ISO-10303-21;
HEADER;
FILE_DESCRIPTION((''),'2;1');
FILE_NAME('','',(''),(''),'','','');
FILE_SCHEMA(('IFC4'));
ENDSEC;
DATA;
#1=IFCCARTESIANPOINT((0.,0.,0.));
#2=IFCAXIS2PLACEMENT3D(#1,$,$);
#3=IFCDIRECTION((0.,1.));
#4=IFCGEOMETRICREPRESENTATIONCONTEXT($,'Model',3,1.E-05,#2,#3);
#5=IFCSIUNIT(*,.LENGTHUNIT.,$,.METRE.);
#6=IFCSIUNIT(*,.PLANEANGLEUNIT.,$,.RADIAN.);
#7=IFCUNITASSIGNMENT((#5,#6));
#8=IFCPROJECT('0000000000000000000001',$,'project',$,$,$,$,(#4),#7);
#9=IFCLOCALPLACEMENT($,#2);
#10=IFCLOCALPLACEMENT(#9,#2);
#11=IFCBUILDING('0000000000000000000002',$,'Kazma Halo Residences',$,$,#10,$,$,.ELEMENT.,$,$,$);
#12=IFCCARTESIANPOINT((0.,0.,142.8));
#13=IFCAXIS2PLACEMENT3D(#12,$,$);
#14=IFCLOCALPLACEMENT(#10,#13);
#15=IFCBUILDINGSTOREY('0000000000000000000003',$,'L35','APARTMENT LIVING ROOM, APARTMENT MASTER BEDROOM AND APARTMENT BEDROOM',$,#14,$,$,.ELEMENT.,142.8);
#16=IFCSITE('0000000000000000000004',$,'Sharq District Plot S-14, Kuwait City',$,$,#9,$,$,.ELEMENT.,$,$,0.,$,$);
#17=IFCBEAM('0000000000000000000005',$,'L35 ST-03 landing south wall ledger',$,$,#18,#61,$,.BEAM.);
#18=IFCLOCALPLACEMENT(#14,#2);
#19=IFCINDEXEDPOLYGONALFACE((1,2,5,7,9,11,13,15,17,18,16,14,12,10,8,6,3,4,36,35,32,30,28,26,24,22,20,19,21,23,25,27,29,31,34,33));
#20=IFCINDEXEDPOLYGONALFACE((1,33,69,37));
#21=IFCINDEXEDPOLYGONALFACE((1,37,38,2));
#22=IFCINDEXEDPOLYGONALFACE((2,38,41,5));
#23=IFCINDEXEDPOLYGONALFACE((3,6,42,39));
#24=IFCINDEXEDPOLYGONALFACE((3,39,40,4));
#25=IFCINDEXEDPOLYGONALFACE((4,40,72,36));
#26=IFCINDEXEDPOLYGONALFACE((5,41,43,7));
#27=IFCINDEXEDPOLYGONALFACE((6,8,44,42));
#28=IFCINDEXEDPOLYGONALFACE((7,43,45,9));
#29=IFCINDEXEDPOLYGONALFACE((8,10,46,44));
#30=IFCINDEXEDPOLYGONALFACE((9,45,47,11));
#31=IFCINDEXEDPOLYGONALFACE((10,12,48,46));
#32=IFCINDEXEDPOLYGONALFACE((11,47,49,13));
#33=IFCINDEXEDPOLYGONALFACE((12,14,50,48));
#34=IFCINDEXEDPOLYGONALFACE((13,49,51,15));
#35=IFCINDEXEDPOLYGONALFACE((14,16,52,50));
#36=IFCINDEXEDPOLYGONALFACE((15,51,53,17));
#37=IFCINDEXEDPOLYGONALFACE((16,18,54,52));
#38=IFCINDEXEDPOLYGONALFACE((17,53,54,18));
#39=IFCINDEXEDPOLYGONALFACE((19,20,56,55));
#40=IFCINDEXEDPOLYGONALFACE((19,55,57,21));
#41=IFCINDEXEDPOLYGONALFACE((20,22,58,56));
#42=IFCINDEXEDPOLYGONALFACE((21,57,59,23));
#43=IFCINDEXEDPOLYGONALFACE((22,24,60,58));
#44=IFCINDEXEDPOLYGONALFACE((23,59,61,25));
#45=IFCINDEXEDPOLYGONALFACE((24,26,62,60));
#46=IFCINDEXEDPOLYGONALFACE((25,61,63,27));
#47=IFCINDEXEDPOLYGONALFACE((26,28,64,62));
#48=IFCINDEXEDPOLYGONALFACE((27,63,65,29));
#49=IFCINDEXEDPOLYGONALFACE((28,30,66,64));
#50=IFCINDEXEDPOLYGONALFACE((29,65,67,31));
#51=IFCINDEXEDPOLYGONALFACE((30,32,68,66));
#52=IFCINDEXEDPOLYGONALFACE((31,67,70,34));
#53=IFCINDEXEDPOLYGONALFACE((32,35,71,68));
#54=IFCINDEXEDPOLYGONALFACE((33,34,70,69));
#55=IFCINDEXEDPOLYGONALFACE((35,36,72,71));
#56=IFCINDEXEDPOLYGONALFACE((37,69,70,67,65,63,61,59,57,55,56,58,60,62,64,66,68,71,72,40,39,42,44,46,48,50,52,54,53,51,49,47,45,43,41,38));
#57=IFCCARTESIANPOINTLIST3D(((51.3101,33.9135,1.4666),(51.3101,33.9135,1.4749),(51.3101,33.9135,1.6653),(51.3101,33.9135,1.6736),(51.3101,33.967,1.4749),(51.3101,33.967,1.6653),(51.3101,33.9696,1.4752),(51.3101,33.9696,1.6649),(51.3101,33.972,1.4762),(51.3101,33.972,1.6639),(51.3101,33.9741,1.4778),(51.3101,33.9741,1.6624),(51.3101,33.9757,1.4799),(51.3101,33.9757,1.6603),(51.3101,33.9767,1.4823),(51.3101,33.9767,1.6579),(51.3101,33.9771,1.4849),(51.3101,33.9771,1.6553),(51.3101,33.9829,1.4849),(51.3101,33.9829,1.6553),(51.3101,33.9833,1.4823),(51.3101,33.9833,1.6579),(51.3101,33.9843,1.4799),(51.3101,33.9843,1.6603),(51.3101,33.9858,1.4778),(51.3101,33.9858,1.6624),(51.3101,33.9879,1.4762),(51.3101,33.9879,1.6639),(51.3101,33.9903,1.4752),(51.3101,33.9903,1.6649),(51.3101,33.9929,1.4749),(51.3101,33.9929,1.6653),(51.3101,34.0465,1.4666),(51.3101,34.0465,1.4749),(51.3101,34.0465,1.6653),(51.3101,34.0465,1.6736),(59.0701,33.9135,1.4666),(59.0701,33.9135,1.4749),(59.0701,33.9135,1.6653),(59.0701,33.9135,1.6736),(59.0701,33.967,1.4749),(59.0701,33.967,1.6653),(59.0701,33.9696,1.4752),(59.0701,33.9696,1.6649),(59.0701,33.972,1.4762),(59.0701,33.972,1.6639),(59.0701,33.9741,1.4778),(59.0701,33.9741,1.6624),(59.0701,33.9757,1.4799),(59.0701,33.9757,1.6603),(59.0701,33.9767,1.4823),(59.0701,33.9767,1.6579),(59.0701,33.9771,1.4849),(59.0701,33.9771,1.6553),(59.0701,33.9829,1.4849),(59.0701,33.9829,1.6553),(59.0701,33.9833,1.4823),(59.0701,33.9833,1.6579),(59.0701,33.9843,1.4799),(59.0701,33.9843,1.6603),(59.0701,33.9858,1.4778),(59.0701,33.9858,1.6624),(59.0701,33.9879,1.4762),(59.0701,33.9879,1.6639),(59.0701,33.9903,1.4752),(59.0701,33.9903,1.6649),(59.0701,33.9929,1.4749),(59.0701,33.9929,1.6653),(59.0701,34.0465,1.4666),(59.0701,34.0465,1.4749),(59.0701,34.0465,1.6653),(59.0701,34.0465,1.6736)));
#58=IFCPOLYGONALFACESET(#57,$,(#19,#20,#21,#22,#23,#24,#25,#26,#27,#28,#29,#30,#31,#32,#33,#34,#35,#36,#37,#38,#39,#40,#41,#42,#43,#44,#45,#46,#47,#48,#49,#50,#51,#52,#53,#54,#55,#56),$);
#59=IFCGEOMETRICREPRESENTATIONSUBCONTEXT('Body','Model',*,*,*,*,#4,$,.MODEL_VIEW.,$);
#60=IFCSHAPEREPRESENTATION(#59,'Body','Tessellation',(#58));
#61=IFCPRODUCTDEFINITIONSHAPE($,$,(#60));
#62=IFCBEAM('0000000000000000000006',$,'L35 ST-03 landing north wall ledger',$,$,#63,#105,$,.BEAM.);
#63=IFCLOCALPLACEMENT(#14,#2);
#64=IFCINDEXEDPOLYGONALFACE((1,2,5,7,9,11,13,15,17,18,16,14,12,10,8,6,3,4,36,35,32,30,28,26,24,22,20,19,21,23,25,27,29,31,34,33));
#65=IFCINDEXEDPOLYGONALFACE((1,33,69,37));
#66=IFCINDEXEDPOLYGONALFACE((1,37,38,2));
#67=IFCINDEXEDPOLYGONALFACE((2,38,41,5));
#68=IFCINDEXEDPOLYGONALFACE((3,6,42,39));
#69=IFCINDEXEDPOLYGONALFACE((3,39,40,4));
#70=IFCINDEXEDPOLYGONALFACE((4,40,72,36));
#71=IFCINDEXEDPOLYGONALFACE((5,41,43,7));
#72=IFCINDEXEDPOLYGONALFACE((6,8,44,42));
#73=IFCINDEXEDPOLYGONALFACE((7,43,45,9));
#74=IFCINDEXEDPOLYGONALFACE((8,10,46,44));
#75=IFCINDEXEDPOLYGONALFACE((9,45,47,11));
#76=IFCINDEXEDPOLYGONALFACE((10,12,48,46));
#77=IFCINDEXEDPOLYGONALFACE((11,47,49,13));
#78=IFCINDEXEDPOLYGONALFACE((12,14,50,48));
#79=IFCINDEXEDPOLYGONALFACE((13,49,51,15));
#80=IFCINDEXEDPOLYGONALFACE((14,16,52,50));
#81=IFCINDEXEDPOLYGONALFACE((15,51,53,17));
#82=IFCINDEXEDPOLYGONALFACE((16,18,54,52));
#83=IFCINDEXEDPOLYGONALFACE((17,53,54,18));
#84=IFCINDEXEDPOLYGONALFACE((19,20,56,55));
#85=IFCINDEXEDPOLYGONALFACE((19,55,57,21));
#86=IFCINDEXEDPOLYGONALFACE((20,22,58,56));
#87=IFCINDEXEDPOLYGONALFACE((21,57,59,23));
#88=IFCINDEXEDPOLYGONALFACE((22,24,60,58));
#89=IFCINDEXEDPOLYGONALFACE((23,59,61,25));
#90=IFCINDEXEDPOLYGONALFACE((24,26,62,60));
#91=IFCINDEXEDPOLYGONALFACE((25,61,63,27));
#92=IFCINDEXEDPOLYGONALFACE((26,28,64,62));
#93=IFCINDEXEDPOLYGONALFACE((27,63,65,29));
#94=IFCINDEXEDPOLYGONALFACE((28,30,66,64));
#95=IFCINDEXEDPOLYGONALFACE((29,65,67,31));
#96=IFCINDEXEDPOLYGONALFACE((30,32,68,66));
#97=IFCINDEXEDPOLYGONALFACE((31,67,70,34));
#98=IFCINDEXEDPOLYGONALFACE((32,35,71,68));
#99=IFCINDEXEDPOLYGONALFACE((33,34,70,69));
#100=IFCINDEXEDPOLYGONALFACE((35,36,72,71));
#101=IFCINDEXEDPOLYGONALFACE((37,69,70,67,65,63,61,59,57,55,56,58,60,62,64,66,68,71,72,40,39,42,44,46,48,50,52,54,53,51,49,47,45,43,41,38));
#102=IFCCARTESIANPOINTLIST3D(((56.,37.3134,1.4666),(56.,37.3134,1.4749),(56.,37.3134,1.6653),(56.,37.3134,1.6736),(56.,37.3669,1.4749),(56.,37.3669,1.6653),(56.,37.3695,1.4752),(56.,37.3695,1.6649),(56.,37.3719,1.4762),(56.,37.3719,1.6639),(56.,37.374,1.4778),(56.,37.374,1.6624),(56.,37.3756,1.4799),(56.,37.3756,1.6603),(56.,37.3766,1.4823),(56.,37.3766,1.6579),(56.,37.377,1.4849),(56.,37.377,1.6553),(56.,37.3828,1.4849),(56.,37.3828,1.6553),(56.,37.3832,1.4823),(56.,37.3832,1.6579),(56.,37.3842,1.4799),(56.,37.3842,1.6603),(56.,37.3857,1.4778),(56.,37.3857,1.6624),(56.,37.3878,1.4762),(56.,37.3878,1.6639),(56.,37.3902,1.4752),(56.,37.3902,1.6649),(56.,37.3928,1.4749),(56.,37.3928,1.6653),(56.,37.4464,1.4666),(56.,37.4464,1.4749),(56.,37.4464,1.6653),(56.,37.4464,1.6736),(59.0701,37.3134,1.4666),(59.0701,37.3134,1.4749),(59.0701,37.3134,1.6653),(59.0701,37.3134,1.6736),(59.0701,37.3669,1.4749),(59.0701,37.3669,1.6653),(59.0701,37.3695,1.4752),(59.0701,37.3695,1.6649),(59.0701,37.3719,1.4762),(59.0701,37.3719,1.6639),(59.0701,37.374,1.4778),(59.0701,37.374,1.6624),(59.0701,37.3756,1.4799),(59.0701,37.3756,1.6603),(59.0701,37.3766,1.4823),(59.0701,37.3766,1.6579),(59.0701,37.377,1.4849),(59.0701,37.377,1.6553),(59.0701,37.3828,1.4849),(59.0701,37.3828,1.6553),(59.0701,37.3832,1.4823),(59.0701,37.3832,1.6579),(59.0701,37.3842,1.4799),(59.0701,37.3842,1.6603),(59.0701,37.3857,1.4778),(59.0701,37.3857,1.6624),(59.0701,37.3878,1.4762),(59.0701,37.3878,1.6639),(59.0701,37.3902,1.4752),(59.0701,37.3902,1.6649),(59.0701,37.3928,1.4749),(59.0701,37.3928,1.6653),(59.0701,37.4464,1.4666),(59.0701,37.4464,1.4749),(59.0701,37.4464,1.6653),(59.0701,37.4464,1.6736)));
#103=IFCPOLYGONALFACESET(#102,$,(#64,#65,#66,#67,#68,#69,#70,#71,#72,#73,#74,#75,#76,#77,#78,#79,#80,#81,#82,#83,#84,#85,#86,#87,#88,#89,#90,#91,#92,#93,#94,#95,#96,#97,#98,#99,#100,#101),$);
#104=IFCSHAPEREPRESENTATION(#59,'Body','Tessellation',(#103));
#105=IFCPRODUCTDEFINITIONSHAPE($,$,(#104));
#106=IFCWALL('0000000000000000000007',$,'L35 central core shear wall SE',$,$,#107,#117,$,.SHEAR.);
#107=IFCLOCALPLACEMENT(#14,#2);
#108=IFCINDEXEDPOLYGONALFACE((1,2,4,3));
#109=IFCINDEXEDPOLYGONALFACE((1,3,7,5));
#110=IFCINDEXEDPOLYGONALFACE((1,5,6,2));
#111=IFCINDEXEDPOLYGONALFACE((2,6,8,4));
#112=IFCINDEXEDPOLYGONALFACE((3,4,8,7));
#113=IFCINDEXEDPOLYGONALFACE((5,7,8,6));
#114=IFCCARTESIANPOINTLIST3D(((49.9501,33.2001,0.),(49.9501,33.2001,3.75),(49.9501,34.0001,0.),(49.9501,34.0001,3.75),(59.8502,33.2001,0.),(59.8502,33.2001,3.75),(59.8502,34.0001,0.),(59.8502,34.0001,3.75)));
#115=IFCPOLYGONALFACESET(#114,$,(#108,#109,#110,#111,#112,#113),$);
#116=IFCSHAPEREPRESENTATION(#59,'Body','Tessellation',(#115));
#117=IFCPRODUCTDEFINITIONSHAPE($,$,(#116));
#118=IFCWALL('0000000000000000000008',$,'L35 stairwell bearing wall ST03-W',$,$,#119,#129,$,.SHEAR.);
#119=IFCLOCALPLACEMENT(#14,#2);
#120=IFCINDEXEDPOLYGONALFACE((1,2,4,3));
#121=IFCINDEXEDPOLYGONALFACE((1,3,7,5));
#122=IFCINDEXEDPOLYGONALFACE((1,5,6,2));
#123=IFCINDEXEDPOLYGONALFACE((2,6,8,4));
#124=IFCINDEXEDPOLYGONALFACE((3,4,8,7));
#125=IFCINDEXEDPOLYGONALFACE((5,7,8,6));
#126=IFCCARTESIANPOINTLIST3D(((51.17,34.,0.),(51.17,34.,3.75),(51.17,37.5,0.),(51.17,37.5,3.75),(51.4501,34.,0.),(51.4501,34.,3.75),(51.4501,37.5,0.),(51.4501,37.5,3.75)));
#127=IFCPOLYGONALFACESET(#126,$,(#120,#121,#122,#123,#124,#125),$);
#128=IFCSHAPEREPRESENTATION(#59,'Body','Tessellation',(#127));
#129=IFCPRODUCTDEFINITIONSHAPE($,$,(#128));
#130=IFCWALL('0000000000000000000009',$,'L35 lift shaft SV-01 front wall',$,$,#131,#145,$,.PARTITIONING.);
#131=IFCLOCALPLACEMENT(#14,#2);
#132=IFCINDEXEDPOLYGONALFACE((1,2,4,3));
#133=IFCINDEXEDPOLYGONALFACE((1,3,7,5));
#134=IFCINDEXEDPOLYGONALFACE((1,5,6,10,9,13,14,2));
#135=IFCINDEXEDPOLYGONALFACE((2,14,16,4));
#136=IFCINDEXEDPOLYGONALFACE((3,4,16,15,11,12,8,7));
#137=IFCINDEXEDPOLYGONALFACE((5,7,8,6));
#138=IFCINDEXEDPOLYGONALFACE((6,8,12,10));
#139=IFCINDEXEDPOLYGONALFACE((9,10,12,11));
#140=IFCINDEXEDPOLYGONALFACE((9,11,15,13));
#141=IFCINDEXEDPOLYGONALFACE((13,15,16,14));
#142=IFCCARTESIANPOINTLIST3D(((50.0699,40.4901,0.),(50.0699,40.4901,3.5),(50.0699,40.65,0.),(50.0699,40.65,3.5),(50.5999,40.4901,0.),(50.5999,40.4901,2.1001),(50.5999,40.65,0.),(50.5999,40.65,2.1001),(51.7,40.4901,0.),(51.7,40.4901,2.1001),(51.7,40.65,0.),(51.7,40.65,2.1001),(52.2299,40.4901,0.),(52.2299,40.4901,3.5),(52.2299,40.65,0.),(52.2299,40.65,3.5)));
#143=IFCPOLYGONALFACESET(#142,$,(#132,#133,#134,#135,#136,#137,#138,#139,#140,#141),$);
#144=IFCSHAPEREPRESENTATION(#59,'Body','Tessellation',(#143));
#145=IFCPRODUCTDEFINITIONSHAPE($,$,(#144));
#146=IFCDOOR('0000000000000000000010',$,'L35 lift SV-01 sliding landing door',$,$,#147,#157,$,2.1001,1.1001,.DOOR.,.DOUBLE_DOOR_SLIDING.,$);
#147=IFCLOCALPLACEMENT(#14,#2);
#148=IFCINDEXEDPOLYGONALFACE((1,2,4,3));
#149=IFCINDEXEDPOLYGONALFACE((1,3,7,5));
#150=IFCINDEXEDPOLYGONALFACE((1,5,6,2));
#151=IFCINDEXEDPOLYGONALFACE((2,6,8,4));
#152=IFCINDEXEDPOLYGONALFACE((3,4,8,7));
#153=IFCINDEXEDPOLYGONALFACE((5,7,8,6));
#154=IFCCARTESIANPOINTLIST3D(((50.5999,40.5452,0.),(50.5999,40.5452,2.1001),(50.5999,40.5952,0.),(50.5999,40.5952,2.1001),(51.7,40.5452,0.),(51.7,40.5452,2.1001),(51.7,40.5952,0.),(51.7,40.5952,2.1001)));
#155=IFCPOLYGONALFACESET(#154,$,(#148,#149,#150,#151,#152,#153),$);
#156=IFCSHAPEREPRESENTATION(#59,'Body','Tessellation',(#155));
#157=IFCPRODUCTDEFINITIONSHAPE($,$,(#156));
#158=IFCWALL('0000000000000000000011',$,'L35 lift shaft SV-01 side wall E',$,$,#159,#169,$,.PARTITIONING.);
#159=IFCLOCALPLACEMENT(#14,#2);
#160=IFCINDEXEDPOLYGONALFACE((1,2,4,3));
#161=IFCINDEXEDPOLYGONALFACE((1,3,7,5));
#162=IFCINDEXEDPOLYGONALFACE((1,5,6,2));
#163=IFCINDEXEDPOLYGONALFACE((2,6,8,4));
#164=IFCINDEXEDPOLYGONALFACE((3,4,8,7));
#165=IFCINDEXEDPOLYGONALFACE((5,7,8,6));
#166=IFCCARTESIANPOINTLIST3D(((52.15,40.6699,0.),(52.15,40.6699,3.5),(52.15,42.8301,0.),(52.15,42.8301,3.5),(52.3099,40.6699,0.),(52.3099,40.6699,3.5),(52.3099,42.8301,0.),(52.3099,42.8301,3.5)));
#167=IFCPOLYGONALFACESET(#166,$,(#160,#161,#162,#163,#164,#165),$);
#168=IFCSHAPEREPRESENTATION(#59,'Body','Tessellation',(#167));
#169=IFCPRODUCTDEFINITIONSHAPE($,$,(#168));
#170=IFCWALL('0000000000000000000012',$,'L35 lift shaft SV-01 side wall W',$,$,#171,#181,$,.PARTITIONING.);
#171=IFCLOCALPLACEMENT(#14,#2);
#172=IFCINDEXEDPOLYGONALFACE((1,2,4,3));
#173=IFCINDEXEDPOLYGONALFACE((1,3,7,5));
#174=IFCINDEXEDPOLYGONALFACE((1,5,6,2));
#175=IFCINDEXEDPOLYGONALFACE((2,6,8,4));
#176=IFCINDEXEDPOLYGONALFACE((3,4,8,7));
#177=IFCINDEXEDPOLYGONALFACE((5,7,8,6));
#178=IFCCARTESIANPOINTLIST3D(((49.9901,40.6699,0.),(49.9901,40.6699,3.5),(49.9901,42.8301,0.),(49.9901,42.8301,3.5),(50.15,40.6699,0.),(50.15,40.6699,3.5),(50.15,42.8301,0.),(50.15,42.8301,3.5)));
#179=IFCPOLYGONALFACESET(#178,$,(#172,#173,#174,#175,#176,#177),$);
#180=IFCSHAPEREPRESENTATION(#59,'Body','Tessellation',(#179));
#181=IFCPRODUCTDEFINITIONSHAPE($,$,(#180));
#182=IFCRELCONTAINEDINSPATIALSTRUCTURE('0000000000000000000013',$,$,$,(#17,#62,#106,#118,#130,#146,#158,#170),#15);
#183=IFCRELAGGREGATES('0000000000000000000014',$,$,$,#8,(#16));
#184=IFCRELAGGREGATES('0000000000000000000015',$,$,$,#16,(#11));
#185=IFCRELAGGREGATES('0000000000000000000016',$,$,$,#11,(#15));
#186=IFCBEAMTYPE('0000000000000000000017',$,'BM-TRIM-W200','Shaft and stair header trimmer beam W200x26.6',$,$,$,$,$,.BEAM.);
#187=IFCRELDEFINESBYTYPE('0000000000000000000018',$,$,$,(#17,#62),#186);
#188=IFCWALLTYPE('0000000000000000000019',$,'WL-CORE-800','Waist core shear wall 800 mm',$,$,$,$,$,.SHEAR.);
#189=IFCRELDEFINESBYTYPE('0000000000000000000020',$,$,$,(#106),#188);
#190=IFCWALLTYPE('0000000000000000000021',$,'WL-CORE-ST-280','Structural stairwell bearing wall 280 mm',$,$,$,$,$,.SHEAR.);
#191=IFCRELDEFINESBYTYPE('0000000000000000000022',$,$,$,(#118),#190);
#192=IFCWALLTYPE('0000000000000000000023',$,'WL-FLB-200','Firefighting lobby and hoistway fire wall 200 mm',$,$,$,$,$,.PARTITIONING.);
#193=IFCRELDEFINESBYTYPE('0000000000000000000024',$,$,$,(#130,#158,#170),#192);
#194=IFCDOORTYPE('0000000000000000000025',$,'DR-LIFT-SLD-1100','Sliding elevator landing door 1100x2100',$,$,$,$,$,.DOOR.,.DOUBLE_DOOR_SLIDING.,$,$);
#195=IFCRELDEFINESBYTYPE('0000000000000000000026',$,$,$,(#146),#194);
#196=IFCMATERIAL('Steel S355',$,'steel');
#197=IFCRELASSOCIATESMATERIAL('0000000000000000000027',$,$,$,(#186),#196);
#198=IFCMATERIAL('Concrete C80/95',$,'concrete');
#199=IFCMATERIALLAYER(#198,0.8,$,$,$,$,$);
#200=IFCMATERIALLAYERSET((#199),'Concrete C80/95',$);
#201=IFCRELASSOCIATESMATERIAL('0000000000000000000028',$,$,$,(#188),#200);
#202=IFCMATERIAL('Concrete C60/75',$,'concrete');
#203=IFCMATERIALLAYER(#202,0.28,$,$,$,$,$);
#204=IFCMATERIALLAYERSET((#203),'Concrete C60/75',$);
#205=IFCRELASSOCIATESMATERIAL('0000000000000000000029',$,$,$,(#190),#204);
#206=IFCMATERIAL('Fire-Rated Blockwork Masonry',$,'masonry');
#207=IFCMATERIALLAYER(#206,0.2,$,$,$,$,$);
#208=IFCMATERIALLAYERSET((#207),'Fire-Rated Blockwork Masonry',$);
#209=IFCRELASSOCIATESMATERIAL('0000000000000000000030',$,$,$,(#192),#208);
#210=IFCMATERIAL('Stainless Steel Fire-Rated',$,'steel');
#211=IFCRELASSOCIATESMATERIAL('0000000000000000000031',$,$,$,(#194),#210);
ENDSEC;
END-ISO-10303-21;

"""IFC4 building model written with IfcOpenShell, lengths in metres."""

from ifc_helpers import new_model, si_unit, direction, frame, frame_2d, origin, origin_2d, place, context, subcontext, project, spatial, rectangle, i_section, extrude, material, layer, layer_set, material_profile, profile_set, type_object, element, fill, save


model = new_model("IFC4")

# Units and contexts
model_context = context("Model", 3, precision=1e-05, world=origin(), true_north=direction((0.0, 1.0)))
body_context = subcontext(model_context, "Body", "Model", "MODEL_VIEW")
ifc_project = project(units=[si_unit("LENGTHUNIT", "METRE"), si_unit("PLANEANGLEUNIT", "RADIAN")], contexts=[model_context])

# Site, building, storey
site_placement = place(None, origin())
site = spatial("IfcSite", under=ifc_project, at=site_placement, Name="Sharq District Plot S-14, Kuwait City", CompositionType="ELEMENT", RefElevation=0.0)
building_placement = place(site_placement, origin())
building = spatial("IfcBuilding", under=site, at=building_placement, Name="Kazma Halo Residences", CompositionType="ELEMENT")
storey_placement = place(building_placement, frame((0.0, 0.0, 142.8)))
storey = spatial("IfcBuildingStorey", under=building, at=storey_placement, Name="L35", Description="APARTMENT LIVING ROOM, APARTMENT MASTER BEDROOM AND APARTMENT BEDROOM", CompositionType="ELEMENT", Elevation=142.8)

# Shared definitions
ifc_material_1 = material(Name="Steel S355", Category="steel")

# Beams
ifc_material_profile_1 = material_profile(ifc_material_1, i_section(OverallWidth=0.1331, OverallDepth=0.207, WebThickness=0.0059, FlangeThickness=0.0083, FilletRadius=0.01, at=origin_2d()), Name="W200x26.6")
ifc_profile_set_1 = profile_set([ifc_material_profile_1], Name="Steel S355")
beam_type_1 = type_object("IfcBeamType", Name="BM-TRIM-W200", Description="Shaft and stair header trimmer beam W200x26.6", PredefinedType="BEAM", material=ifc_profile_set_1)
beam_1_placement = place(storey_placement, frame((51.3101, 33.98, 1.5701), z_axis=(1.0, 0.0, 0.0), x_axis=(0.0, 1.0, 0.0)))
element("IfcBeam", 1, at=beam_1_placement, inside=storey, type_object=beam_type_1, Name="L35 ST-03 landing south wall ledger", PredefinedType="BEAM", context=body_context, shape_type="SweptSolid", body=[
    extrude(i_section(OverallWidth=0.1331, OverallDepth=0.207, WebThickness=0.0059, FlangeThickness=0.0083, FilletRadius=0.01, at=origin_2d()), origin(), (0.0, 0.0, 1.0), 7.76),
])
beam_2_placement = place(storey_placement, frame((56.0, 37.3799, 1.5701), z_axis=(1.0, 0.0, 0.0), x_axis=(0.0, 1.0, 0.0)))
element("IfcBeam", 2, at=beam_2_placement, inside=storey, type_object=beam_type_1, Name="L35 ST-03 landing north wall ledger", PredefinedType="BEAM", context=body_context, shape_type="SweptSolid", body=[
    extrude(i_section(OverallWidth=0.1331, OverallDepth=0.207, WebThickness=0.0059, FlangeThickness=0.0083, FilletRadius=0.01, at=origin_2d()), origin(), (0.0, 0.0, 1.0), 3.0701),
])

# Walls
ifc_material_2 = material(Name="Concrete C80/95", Category="concrete")
ifc_layer_1 = layer(ifc_material_2, 0.8)
ifc_layer_set_1 = layer_set([ifc_layer_1], Name="Concrete C80/95")
wall_type_1 = type_object("IfcWallType", Name="WL-CORE-800", Description="Waist core shear wall 800 mm", PredefinedType="SHEAR", material=ifc_layer_set_1)
wall_1_placement = place(storey_placement, frame((49.95, 33.6001, 0.0), z_axis=(0.0, 0.0, 1.0), x_axis=(1.0, 0.0, 0.0)))
element("IfcWall", 3, at=wall_1_placement, inside=storey, type_object=wall_type_1, Name="L35 central core shear wall SE", PredefinedType="SHEAR", context=body_context, shape_type="SweptSolid", body=[
    extrude(rectangle(XDim=9.9001, YDim=0.8, at=frame_2d((4.9502, 0.0))), origin(), (0.0, 0.0, 1.0), 3.75),
])
ifc_material_3 = material(Name="Concrete C60/75", Category="concrete")
ifc_layer_2 = layer(ifc_material_3, 0.28)
ifc_layer_set_2 = layer_set([ifc_layer_2], Name="Concrete C60/75")
wall_type_2 = type_object("IfcWallType", Name="WL-CORE-ST-280", Description="Structural stairwell bearing wall 280 mm", PredefinedType="SHEAR", material=ifc_layer_set_2)
wall_2_placement = place(storey_placement, frame((51.3101, 34.0, 0.0), z_axis=(0.0, 0.0, 1.0), x_axis=(0.0, 1.0, 0.0)))
element("IfcWall", 4, at=wall_2_placement, inside=storey, type_object=wall_type_2, Name="L35 stairwell bearing wall ST03-W", PredefinedType="SHEAR", context=body_context, shape_type="SweptSolid", body=[
    extrude(rectangle(XDim=3.5, YDim=0.28, at=frame_2d((1.75, 0.0))), origin(), (0.0, 0.0, 1.0), 3.75),
])

# Wall, opening, door
ifc_material_4 = material(Name="Fire-Rated Blockwork Masonry", Category="masonry")
ifc_layer_3 = layer(ifc_material_4, 0.2)
ifc_layer_set_3 = layer_set([ifc_layer_3], Name="Fire-Rated Blockwork Masonry")
wall_type_3 = type_object("IfcWallType", Name="WL-FLB-200", Description="Firefighting lobby and hoistway fire wall 200 mm", PredefinedType="PARTITIONING", material=ifc_layer_set_3)
wall_3_placement = place(storey_placement, frame((52.23, 40.5701, 0.0), z_axis=(0.0, 0.0, 1.0), x_axis=(-1.0, 0.0, 0.0)))
wall_3 = element("IfcWall", 5, at=wall_3_placement, inside=storey, type_object=wall_type_3, Name="L35 lift shaft SV-01 front wall", PredefinedType="PARTITIONING", context=body_context, shape_type="SweptSolid", body=[
    extrude(rectangle(XDim=2.1599, YDim=0.1599, at=frame_2d((1.0801, 0.0))), origin(), (0.0, 0.0, 1.0), 3.5),
])
opening_1_placement = place(wall_3_placement, frame((0.53, 0.0, 0.0)))
opening_1 = element("IfcOpeningElement", 6, at=opening_1_placement, cuts=wall_3, PredefinedType="OPENING", context=body_context, shape_type="SweptSolid", body=[
    extrude(rectangle(XDim=1.1001, YDim=2.1001, at=frame_2d((0.55, 1.05))), frame((0.0, 0.0898, 0.0), z_axis=(0.0, -1.0, 0.0), x_axis=(1.0, 0.0, 0.0)), (0.0, 0.0, 1.0), 0.1799),
])
ifc_material_5 = material(Name="Stainless Steel Fire-Rated", Category="steel")
door_type_1 = type_object("IfcDoorType", Name="DR-LIFT-SLD-1100", Description="Sliding elevator landing door 1100x2100", OperationType="DOUBLE_DOOR_SLIDING", PredefinedType="DOOR", material=ifc_material_5)
door_1_placement = place(opening_1_placement, origin())
door_1 = element("IfcDoor", 7, at=door_1_placement, inside=storey, type_object=door_type_1, Name="L35 lift SV-01 sliding landing door", OperationType="DOUBLE_DOOR_SLIDING", OverallHeight=2.1001, OverallWidth=1.1001, PredefinedType="DOOR", context=body_context, shape_type="SweptSolid", body=[
    extrude(rectangle(XDim=1.1001, YDim=2.1001, at=frame_2d((0.55, 1.05))), frame((0.0, 0.0249, 0.0), z_axis=(0.0, -1.0, 0.0), x_axis=(1.0, 0.0, 0.0)), (0.0, 0.0, 1.0), 0.05),
])
fill(opening_1, door_1)

# Walls
for number, where, z_axis, x_axis, name in (
    (8, (52.23, 40.6699, 0.0), (0.0, 0.0, 1.0), (0.0, 1.0, 0.0), "L35 lift shaft SV-01 side wall E"),
    (9, (50.0701, 40.6699, 0.0), (0.0, 0.0, 1.0), (0.0, 1.0, 0.0), "L35 lift shaft SV-01 side wall W"),
):
    element("IfcWall", number, at=place(storey_placement, frame(where, z_axis=z_axis, x_axis=x_axis)), inside=storey, type_object=wall_type_3, Name=name, PredefinedType="PARTITIONING", context=body_context, shape_type="SweptSolid", body=[
        extrude(rectangle(XDim=2.1602, YDim=0.1599, at=frame_2d((1.0801, 0.0))), origin(), (0.0, 0.0, 1.0), 3.5),
    ])

save(model, "model.ifc")
